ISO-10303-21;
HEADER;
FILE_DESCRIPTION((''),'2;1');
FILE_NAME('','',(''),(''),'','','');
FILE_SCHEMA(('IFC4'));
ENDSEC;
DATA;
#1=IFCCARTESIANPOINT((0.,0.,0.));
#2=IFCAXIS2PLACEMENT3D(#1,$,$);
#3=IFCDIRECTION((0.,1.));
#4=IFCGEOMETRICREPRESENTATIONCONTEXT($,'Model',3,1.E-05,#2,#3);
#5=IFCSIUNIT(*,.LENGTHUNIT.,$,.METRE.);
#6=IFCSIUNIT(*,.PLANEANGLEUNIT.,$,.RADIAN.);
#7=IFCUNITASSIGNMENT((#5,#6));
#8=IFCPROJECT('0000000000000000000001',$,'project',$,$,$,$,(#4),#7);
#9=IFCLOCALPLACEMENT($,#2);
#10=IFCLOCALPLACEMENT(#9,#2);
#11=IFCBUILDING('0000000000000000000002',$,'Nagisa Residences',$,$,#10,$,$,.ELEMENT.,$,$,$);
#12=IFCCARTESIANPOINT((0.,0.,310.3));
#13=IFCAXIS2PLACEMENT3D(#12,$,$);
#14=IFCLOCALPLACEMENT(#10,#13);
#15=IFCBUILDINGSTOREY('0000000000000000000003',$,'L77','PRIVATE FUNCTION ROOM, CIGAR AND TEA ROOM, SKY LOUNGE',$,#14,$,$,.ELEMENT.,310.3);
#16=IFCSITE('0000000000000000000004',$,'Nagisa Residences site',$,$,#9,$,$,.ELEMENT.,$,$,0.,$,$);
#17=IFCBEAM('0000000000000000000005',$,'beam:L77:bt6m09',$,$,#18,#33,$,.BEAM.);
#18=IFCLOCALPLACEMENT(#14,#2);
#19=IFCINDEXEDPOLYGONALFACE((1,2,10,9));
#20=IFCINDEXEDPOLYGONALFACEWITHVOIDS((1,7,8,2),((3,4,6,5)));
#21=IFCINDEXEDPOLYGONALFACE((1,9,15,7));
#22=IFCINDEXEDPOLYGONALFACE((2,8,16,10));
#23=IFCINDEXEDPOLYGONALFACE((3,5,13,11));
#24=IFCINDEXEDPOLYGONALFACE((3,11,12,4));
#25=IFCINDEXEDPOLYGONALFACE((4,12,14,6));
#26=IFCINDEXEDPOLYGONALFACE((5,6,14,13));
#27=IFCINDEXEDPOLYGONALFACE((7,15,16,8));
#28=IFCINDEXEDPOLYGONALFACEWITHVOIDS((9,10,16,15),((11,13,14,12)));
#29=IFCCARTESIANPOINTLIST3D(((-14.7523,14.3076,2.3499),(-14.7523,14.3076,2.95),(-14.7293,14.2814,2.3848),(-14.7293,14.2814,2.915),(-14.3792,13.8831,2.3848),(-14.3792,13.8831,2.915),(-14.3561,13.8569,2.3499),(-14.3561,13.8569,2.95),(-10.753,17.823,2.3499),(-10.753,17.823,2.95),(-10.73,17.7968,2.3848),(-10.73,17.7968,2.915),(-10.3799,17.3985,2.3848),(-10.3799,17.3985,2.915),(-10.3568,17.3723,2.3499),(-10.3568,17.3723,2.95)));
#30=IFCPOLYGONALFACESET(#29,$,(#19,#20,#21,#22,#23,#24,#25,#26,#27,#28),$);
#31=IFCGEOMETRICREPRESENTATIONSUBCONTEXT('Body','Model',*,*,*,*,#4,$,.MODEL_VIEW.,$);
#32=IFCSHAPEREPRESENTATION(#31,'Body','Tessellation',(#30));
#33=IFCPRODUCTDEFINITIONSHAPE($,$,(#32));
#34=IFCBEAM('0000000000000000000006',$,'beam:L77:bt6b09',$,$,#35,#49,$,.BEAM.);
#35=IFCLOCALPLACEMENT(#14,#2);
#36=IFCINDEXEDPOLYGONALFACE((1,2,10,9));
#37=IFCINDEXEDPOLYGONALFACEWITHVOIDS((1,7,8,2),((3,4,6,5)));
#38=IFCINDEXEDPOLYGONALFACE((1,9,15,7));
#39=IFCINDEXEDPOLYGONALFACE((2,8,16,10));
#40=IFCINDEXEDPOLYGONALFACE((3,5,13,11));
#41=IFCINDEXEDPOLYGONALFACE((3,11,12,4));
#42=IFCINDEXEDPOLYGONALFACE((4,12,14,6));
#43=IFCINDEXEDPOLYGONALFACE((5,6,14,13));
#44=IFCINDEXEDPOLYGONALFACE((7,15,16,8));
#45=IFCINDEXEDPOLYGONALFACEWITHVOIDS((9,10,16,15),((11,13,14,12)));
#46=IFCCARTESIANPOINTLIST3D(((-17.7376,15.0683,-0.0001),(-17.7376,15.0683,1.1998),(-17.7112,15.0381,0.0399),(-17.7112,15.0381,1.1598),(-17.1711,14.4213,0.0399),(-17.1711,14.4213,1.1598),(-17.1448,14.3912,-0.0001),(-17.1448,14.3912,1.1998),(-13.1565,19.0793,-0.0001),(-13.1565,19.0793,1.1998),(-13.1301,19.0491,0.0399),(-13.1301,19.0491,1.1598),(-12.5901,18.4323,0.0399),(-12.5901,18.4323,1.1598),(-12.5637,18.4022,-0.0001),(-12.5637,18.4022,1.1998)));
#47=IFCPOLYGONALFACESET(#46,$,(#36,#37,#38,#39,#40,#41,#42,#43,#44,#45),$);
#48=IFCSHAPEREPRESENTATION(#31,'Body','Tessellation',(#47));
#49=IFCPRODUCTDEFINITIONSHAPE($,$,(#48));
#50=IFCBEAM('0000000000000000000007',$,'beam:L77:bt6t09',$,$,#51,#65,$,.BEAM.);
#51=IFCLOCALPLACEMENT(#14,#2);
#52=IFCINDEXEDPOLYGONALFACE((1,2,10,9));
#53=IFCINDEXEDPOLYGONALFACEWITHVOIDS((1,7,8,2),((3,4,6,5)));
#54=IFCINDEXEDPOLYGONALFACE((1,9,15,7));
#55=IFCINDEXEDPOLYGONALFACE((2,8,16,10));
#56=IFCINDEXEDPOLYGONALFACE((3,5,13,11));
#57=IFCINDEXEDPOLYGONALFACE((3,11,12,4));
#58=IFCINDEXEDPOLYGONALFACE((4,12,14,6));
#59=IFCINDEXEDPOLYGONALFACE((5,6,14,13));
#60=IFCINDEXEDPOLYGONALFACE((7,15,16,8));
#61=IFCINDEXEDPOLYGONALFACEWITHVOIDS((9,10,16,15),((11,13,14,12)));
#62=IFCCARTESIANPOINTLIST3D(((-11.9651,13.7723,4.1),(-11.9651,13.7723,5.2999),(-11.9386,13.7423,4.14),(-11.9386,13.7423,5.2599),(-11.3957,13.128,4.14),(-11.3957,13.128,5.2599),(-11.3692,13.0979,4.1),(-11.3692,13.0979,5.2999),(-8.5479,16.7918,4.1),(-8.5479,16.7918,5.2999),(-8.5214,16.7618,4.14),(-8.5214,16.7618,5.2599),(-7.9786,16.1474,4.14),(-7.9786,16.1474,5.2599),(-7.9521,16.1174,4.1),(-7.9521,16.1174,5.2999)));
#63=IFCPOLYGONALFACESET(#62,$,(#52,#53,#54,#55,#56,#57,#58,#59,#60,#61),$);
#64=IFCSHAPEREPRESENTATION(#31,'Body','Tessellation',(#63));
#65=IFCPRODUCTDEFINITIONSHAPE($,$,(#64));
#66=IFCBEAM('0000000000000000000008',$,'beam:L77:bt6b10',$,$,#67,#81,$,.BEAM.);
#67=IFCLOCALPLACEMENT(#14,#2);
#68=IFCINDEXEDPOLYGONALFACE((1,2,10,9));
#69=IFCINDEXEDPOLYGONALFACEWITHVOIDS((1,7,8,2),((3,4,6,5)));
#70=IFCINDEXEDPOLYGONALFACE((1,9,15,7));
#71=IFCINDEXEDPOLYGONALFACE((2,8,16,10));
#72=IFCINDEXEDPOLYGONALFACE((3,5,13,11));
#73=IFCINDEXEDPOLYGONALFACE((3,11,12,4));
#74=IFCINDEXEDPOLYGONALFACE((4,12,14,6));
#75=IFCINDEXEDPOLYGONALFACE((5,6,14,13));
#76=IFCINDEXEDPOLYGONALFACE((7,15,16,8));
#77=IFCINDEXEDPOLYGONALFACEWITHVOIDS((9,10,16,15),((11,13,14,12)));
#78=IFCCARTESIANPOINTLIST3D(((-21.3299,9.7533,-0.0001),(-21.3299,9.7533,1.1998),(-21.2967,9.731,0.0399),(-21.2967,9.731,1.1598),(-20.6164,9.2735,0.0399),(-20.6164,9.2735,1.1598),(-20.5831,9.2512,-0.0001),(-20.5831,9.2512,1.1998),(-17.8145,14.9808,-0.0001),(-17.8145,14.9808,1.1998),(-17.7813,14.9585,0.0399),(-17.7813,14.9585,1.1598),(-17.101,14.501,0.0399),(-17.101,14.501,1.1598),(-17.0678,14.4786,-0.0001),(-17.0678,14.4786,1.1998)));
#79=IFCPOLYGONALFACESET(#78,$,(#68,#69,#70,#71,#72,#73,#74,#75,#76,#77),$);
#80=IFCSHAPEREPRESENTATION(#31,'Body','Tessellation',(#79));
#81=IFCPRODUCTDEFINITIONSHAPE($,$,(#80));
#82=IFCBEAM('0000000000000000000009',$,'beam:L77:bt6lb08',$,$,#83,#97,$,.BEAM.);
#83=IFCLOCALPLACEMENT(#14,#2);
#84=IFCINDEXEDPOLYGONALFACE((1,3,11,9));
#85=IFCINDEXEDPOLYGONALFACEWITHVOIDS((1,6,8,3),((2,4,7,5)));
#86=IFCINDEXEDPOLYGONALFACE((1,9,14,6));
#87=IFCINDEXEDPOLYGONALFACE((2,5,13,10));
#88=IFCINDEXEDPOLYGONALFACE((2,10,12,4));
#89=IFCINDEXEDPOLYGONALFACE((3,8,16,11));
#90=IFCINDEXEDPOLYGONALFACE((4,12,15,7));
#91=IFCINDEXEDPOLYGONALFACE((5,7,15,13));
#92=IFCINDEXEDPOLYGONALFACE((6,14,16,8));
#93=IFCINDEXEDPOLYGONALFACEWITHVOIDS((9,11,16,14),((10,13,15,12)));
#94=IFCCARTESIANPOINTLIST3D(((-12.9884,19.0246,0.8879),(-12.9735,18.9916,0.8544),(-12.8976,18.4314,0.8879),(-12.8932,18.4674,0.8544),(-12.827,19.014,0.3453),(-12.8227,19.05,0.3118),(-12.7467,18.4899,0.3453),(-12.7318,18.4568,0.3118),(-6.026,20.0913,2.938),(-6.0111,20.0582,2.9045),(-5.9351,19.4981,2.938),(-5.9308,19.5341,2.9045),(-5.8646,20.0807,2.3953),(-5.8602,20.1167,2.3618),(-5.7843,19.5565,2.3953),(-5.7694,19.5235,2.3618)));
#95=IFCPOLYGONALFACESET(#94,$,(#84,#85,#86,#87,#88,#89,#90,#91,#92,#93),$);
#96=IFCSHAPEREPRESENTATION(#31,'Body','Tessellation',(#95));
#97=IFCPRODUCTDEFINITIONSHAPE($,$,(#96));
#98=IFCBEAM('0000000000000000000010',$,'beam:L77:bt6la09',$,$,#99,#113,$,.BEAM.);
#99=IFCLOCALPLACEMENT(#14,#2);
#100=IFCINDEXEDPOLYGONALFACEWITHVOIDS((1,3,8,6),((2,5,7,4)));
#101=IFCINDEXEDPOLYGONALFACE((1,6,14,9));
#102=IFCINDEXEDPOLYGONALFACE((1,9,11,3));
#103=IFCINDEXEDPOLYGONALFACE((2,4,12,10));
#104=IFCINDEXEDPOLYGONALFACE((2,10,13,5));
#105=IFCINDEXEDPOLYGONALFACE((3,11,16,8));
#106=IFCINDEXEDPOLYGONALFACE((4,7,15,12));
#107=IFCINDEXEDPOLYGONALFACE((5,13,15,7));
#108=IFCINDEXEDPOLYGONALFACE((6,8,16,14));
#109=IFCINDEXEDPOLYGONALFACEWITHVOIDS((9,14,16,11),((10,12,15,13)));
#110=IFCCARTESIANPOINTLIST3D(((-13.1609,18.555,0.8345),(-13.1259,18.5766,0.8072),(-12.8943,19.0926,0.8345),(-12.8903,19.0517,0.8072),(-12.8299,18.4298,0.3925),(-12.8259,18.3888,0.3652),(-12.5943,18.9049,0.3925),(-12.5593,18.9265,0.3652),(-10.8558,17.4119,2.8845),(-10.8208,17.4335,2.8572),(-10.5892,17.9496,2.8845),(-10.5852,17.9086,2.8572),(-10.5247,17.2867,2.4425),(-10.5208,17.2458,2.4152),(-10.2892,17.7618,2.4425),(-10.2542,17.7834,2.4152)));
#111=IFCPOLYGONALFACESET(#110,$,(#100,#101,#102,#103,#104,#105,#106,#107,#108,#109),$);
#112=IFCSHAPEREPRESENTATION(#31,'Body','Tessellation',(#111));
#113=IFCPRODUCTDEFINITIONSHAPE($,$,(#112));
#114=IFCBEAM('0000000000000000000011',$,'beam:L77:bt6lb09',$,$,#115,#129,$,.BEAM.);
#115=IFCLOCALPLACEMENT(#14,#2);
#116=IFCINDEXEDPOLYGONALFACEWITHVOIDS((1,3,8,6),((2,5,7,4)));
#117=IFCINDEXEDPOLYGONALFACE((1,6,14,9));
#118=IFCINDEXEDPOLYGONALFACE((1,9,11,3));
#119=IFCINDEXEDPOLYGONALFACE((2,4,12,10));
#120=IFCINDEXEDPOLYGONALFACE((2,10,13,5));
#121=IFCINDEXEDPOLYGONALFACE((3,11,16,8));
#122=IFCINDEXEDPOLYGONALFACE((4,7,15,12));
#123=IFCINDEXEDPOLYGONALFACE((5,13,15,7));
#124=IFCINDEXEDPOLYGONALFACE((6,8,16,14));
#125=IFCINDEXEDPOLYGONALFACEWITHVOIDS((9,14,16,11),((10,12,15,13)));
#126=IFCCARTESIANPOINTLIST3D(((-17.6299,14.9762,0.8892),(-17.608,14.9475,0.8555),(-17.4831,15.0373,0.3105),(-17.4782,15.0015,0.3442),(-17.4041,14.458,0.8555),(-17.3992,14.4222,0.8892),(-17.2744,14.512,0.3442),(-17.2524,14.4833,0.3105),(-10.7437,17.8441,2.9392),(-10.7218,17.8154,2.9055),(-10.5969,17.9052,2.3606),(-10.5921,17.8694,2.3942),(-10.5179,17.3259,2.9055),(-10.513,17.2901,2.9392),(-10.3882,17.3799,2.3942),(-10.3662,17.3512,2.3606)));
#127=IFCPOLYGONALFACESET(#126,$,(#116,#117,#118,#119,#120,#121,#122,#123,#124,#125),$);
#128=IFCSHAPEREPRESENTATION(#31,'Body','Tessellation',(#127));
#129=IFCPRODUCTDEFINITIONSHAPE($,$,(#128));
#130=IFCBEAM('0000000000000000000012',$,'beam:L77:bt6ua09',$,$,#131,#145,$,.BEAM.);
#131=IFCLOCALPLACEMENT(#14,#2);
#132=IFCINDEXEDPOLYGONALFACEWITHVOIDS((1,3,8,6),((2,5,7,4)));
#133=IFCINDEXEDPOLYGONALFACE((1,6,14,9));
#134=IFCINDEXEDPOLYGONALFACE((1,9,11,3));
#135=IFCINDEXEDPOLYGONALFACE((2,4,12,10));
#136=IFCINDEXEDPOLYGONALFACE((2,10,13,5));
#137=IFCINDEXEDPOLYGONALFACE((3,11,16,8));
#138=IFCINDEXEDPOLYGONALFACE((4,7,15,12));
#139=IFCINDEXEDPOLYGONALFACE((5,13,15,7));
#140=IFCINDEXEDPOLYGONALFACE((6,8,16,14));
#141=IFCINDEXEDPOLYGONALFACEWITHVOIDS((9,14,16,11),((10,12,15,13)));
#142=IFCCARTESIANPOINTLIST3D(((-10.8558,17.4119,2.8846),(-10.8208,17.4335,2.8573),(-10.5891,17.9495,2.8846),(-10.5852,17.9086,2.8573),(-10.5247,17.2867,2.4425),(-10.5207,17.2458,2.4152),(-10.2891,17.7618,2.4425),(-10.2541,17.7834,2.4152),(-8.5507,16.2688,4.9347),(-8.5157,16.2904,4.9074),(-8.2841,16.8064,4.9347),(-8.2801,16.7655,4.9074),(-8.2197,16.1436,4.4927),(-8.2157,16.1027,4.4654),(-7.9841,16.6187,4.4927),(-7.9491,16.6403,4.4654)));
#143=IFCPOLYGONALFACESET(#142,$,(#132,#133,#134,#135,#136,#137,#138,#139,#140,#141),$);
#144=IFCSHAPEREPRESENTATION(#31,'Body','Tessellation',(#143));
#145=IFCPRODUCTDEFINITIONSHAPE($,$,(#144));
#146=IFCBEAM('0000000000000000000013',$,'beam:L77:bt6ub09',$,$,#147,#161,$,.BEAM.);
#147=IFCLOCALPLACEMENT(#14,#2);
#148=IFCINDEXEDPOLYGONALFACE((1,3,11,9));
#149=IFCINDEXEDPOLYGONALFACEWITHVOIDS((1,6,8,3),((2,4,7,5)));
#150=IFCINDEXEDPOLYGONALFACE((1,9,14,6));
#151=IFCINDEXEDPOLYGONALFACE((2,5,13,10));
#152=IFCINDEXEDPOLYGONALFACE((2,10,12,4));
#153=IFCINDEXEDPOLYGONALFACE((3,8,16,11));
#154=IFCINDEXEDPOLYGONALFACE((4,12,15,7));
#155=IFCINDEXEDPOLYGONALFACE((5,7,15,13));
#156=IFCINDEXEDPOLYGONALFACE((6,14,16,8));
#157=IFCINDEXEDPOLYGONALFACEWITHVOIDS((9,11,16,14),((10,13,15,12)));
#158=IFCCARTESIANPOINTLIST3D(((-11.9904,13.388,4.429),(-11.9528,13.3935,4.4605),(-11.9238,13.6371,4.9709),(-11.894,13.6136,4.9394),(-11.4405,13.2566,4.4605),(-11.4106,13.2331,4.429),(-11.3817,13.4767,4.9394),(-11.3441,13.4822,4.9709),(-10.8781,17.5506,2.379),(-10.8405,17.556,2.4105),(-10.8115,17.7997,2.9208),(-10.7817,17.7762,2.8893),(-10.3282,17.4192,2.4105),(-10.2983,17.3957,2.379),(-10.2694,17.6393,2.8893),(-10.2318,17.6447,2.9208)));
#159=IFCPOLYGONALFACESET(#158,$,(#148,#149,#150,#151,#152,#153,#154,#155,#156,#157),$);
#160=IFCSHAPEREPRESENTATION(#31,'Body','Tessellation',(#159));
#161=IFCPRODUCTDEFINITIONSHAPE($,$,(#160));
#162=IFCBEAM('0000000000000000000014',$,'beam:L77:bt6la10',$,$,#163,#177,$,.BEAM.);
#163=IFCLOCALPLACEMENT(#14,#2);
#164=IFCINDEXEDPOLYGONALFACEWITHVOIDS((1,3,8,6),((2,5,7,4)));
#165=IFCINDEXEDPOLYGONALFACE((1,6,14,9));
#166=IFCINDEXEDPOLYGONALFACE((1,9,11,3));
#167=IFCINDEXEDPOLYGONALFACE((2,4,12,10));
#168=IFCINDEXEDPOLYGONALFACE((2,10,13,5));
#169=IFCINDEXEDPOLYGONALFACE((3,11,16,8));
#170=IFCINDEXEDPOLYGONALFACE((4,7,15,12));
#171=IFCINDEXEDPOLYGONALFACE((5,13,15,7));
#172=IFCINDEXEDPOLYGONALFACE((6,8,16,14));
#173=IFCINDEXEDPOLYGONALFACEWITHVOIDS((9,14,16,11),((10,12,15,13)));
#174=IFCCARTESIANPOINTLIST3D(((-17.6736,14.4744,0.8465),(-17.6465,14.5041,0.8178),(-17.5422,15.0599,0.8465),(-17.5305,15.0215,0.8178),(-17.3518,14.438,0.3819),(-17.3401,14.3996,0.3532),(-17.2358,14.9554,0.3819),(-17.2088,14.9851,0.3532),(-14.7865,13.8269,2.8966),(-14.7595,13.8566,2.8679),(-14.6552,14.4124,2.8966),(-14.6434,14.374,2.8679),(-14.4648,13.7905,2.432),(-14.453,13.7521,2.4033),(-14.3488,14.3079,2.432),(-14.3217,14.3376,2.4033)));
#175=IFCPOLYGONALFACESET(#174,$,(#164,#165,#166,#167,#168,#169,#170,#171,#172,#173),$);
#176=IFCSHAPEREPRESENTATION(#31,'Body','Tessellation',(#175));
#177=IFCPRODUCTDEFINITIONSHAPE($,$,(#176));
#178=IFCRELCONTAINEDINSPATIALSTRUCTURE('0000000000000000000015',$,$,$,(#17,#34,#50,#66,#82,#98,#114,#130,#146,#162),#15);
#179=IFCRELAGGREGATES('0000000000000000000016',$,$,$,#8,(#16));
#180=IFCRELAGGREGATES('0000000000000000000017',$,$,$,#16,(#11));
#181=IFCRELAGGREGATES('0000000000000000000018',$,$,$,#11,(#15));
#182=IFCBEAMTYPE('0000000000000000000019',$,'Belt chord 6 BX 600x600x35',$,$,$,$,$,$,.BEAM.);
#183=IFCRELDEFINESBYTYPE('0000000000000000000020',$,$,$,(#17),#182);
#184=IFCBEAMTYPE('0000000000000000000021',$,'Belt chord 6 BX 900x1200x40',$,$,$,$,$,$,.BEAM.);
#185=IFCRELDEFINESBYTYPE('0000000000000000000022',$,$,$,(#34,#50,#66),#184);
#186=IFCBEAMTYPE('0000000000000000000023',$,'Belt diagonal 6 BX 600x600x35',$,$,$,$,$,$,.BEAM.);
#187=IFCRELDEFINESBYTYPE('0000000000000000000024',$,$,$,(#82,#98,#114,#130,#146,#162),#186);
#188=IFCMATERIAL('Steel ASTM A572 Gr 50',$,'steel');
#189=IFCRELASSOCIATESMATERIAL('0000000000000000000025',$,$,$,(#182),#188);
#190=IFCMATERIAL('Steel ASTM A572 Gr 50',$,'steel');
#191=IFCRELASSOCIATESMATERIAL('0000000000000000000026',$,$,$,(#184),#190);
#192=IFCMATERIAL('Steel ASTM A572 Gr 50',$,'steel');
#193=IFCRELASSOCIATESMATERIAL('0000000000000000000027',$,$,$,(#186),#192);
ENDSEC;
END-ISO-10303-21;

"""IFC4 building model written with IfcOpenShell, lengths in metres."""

from ifc_helpers import new_model, si_unit, direction, frame, origin, origin_2d, place, context, subcontext, project, spatial, hollow_rectangle, extrude, material, material_profile, profile_set, type_object, element, save


model = new_model("IFC4")

# Units and contexts
model_context = context("Model", 3, precision=1e-05, world=origin(), true_north=direction((0.0, 1.0)))
body_context = subcontext(model_context, "Body", "Model", "MODEL_VIEW")
ifc_project = project(units=[si_unit("LENGTHUNIT", "METRE"), si_unit("PLANEANGLEUNIT", "RADIAN")], contexts=[model_context])

# Site, building, storey
site_placement = place(None, origin())
site = spatial("IfcSite", under=ifc_project, at=site_placement, Name="Nagisa Residences site", CompositionType="ELEMENT", RefElevation=0.0)
building_placement = place(site_placement, origin())
building = spatial("IfcBuilding", under=site, at=building_placement, Name="Nagisa Residences", CompositionType="ELEMENT")
storey_placement = place(building_placement, frame((0.0, 0.0, 310.3)))
storey = spatial("IfcBuildingStorey", under=building, at=storey_placement, Name="L77", Description="PRIVATE FUNCTION ROOM, CIGAR AND TEA ROOM, SKY LOUNGE", CompositionType="ELEMENT", Elevation=310.3)

# Beams
ifc_material_1 = material(Name="Steel ASTM A572 Gr 50", Category="steel")
ifc_material_profile_1 = material_profile(ifc_material_1, hollow_rectangle(XDim=0.6001, YDim=0.6001, WallThickness=0.0349, at=origin_2d()), Name="BX 600x600x35")
ifc_profile_set_1 = profile_set([ifc_material_profile_1], Name="Steel ASTM A572 Gr 50")
beam_type_1 = type_object("IfcBeamType", Name="Belt chord 6 BX 600x600x35", PredefinedType="BEAM", material=ifc_profile_set_1)
beam_1_placement = place(storey_placement, frame((-10.5549, 17.5977, 2.6499), z_axis=(-0.751084, -0.660207, 0.0), x_axis=(0.660207, -0.751084, 0.0)))
element("IfcBeam", 1, at=beam_1_placement, inside=storey, type_object=beam_type_1, Name="beam:L77:bt6m09", PredefinedType="BEAM", context=body_context, shape_type="SweptSolid", body=[
    extrude(hollow_rectangle(XDim=0.6001, YDim=0.6001, WallThickness=0.0349, at=origin_2d()), origin(), (0.0, 0.0, 1.0), 5.3247),
])
ifc_material_2 = material(Name="Steel ASTM A572 Gr 50", Category="steel")
ifc_material_profile_2 = material_profile(ifc_material_2, hollow_rectangle(XDim=0.8999, YDim=1.2, WallThickness=0.04, at=origin_2d()), Name="BX 900x1200x40")
ifc_profile_set_2 = profile_set([ifc_material_profile_2], Name="Steel ASTM A572 Gr 50")
beam_type_2 = type_object("IfcBeamType", Name="Belt chord 6 BX 900x1200x40", PredefinedType="BEAM", material=ifc_profile_set_2)
beam_2_placement = place(storey_placement, frame((-12.8601, 18.7407, 0.5999), z_axis=(-0.752368, -0.658743, 0.0), x_axis=(0.658743, -0.752368, 0.0)))
element("IfcBeam", 2, at=beam_2_placement, inside=storey, type_object=beam_type_2, Name="beam:L77:bt6b09", PredefinedType="BEAM", context=body_context, shape_type="SweptSolid", body=[
    extrude(hollow_rectangle(XDim=0.8999, YDim=1.2, WallThickness=0.04, at=origin_2d()), origin(), (0.0, 0.0, 1.0), 6.0889),
])
beam_3_placement = place(storey_placement, frame((-8.25, 16.4546, 4.7), z_axis=(-0.749367, -0.662154, 0.0), x_axis=(0.662154, -0.749367, 0.0)))
element("IfcBeam", 3, at=beam_3_placement, inside=storey, type_object=beam_type_2, Name="beam:L77:bt6t09", PredefinedType="BEAM", context=body_context, shape_type="SweptSolid", body=[
    extrude(hollow_rectangle(XDim=0.8999, YDim=1.2, WallThickness=0.04, at=origin_2d()), origin(), (0.0, 0.0, 1.0), 4.5601),
])
beam_4_placement = place(storey_placement, frame((-17.4412, 14.7297, 0.5999), z_axis=(-0.558032, -0.82982, 0.0), x_axis=(0.82982, -0.558032, 0.0)))
element("IfcBeam", 4, at=beam_4_placement, inside=storey, type_object=beam_type_2, Name="beam:L77:bt6b10", PredefinedType="BEAM", context=body_context, shape_type="SweptSolid", body=[
    extrude(hollow_rectangle(XDim=0.8999, YDim=1.2, WallThickness=0.04, at=origin_2d()), origin(), (0.0, 0.0, 1.0), 6.2996),
])
ifc_material_3 = material(Name="Steel ASTM A572 Gr 50", Category="steel")
ifc_material_profile_3 = material_profile(ifc_material_3, hollow_rectangle(XDim=0.6001, YDim=0.6001, WallThickness=0.0349, at=origin_2d()), Name="BX 600x600x35")
ifc_profile_set_3 = profile_set([ifc_material_profile_3], Name="Steel ASTM A572 Gr 50")
beam_type_3 = type_object("IfcBeamType", Name="Belt diagonal 6 BX 600x600x35", PredefinedType="BEAM", material=ifc_profile_set_3)
beam_5_placement = place(storey_placement, frame((-12.8601, 18.7407, 0.5999), z_axis=(0.949086, 0.145401, 0.279454), x_axis=(-0.151435, 0.988467, 0.0)))
element("IfcBeam", 5, at=beam_5_placement, inside=storey, type_object=beam_type_3, Name="beam:L77:bt6lb08", PredefinedType="BEAM", context=body_context, shape_type="SweptSolid", body=[
    extrude(hollow_rectangle(XDim=0.6001, YDim=0.6001, WallThickness=0.0349, at=origin_2d()), origin(), (0.0, 0.0, 1.0), 7.3359),
])
beam_6_placement = place(storey_placement, frame((-12.8601, 18.7407, 0.5999), z_axis=(0.700693, -0.347452, 0.623143), x_axis=(0.444251, 0.895902, 0.0)))
element("IfcBeam", 6, at=beam_6_placement, inside=storey, type_object=beam_type_3, Name="beam:L77:bt6la09", PredefinedType="BEAM", context=body_context, shape_type="SweptSolid", body=[
    extrude(hollow_rectangle(XDim=0.6001, YDim=0.6001, WallThickness=0.0349, at=origin_2d()), origin(), (0.0, 0.0, 1.0), 3.2898),
])
beam_7_placement = place(storey_placement, frame((-17.4412, 14.7297, 0.5999), z_axis=(0.890138, 0.370717, 0.264996), x_axis=(-0.384462, 0.923141, 0.0)))
element("IfcBeam", 7, at=beam_7_placement, inside=storey, type_object=beam_type_3, Name="beam:L77:bt6lb09", PredefinedType="BEAM", context=body_context, shape_type="SweptSolid", body=[
    extrude(hollow_rectangle(XDim=0.6001, YDim=0.6001, WallThickness=0.0349, at=origin_2d()), origin(), (0.0, 0.0, 1.0), 7.7361),
])
beam_8_placement = place(storey_placement, frame((-10.5549, 17.5977, 2.6499), z_axis=(0.700655, -0.34747, 0.623175), x_axis=(0.444289, 0.895884, 0.0)))
element("IfcBeam", 8, at=beam_8_placement, inside=storey, type_object=beam_type_3, Name="beam:L77:bt6ua09", PredefinedType="BEAM", context=body_context, shape_type="SweptSolid", body=[
    extrude(hollow_rectangle(XDim=0.6001, YDim=0.6001, WallThickness=0.0349, at=origin_2d()), origin(), (0.0, 0.0, 1.0), 3.2898),
])
beam_9_placement = place(storey_placement, frame((-10.5549, 17.5977, 2.6499), z_axis=(-0.233115, -0.872389, 0.429645), x_axis=(0.966103, -0.258156, 0.0)))
element("IfcBeam", 9, at=beam_9_placement, inside=storey, type_object=beam_type_3, Name="beam:L77:bt6ub09", PredefinedType="BEAM", context=body_context, shape_type="SweptSolid", body=[
    extrude(hollow_rectangle(XDim=0.6001, YDim=0.6001, WallThickness=0.0349, at=origin_2d()), origin(), (0.0, 0.0, 1.0), 4.7715),
])
beam_10_placement = place(storey_placement, frame((-17.4412, 14.7297, 0.5999), z_axis=(0.802044, -0.179875, 0.569536), x_axis=(0.218835, 0.975762, 0.0)))
element("IfcBeam", 10, at=beam_10_placement, inside=storey, type_object=beam_type_3, Name="beam:L77:bt6la10", PredefinedType="BEAM", context=body_context, shape_type="SweptSolid", body=[
    extrude(hollow_rectangle(XDim=0.6001, YDim=0.6001, WallThickness=0.0349, at=origin_2d()), origin(), (0.0, 0.0, 1.0), 3.5996),
])

save(model, "model.ifc")
